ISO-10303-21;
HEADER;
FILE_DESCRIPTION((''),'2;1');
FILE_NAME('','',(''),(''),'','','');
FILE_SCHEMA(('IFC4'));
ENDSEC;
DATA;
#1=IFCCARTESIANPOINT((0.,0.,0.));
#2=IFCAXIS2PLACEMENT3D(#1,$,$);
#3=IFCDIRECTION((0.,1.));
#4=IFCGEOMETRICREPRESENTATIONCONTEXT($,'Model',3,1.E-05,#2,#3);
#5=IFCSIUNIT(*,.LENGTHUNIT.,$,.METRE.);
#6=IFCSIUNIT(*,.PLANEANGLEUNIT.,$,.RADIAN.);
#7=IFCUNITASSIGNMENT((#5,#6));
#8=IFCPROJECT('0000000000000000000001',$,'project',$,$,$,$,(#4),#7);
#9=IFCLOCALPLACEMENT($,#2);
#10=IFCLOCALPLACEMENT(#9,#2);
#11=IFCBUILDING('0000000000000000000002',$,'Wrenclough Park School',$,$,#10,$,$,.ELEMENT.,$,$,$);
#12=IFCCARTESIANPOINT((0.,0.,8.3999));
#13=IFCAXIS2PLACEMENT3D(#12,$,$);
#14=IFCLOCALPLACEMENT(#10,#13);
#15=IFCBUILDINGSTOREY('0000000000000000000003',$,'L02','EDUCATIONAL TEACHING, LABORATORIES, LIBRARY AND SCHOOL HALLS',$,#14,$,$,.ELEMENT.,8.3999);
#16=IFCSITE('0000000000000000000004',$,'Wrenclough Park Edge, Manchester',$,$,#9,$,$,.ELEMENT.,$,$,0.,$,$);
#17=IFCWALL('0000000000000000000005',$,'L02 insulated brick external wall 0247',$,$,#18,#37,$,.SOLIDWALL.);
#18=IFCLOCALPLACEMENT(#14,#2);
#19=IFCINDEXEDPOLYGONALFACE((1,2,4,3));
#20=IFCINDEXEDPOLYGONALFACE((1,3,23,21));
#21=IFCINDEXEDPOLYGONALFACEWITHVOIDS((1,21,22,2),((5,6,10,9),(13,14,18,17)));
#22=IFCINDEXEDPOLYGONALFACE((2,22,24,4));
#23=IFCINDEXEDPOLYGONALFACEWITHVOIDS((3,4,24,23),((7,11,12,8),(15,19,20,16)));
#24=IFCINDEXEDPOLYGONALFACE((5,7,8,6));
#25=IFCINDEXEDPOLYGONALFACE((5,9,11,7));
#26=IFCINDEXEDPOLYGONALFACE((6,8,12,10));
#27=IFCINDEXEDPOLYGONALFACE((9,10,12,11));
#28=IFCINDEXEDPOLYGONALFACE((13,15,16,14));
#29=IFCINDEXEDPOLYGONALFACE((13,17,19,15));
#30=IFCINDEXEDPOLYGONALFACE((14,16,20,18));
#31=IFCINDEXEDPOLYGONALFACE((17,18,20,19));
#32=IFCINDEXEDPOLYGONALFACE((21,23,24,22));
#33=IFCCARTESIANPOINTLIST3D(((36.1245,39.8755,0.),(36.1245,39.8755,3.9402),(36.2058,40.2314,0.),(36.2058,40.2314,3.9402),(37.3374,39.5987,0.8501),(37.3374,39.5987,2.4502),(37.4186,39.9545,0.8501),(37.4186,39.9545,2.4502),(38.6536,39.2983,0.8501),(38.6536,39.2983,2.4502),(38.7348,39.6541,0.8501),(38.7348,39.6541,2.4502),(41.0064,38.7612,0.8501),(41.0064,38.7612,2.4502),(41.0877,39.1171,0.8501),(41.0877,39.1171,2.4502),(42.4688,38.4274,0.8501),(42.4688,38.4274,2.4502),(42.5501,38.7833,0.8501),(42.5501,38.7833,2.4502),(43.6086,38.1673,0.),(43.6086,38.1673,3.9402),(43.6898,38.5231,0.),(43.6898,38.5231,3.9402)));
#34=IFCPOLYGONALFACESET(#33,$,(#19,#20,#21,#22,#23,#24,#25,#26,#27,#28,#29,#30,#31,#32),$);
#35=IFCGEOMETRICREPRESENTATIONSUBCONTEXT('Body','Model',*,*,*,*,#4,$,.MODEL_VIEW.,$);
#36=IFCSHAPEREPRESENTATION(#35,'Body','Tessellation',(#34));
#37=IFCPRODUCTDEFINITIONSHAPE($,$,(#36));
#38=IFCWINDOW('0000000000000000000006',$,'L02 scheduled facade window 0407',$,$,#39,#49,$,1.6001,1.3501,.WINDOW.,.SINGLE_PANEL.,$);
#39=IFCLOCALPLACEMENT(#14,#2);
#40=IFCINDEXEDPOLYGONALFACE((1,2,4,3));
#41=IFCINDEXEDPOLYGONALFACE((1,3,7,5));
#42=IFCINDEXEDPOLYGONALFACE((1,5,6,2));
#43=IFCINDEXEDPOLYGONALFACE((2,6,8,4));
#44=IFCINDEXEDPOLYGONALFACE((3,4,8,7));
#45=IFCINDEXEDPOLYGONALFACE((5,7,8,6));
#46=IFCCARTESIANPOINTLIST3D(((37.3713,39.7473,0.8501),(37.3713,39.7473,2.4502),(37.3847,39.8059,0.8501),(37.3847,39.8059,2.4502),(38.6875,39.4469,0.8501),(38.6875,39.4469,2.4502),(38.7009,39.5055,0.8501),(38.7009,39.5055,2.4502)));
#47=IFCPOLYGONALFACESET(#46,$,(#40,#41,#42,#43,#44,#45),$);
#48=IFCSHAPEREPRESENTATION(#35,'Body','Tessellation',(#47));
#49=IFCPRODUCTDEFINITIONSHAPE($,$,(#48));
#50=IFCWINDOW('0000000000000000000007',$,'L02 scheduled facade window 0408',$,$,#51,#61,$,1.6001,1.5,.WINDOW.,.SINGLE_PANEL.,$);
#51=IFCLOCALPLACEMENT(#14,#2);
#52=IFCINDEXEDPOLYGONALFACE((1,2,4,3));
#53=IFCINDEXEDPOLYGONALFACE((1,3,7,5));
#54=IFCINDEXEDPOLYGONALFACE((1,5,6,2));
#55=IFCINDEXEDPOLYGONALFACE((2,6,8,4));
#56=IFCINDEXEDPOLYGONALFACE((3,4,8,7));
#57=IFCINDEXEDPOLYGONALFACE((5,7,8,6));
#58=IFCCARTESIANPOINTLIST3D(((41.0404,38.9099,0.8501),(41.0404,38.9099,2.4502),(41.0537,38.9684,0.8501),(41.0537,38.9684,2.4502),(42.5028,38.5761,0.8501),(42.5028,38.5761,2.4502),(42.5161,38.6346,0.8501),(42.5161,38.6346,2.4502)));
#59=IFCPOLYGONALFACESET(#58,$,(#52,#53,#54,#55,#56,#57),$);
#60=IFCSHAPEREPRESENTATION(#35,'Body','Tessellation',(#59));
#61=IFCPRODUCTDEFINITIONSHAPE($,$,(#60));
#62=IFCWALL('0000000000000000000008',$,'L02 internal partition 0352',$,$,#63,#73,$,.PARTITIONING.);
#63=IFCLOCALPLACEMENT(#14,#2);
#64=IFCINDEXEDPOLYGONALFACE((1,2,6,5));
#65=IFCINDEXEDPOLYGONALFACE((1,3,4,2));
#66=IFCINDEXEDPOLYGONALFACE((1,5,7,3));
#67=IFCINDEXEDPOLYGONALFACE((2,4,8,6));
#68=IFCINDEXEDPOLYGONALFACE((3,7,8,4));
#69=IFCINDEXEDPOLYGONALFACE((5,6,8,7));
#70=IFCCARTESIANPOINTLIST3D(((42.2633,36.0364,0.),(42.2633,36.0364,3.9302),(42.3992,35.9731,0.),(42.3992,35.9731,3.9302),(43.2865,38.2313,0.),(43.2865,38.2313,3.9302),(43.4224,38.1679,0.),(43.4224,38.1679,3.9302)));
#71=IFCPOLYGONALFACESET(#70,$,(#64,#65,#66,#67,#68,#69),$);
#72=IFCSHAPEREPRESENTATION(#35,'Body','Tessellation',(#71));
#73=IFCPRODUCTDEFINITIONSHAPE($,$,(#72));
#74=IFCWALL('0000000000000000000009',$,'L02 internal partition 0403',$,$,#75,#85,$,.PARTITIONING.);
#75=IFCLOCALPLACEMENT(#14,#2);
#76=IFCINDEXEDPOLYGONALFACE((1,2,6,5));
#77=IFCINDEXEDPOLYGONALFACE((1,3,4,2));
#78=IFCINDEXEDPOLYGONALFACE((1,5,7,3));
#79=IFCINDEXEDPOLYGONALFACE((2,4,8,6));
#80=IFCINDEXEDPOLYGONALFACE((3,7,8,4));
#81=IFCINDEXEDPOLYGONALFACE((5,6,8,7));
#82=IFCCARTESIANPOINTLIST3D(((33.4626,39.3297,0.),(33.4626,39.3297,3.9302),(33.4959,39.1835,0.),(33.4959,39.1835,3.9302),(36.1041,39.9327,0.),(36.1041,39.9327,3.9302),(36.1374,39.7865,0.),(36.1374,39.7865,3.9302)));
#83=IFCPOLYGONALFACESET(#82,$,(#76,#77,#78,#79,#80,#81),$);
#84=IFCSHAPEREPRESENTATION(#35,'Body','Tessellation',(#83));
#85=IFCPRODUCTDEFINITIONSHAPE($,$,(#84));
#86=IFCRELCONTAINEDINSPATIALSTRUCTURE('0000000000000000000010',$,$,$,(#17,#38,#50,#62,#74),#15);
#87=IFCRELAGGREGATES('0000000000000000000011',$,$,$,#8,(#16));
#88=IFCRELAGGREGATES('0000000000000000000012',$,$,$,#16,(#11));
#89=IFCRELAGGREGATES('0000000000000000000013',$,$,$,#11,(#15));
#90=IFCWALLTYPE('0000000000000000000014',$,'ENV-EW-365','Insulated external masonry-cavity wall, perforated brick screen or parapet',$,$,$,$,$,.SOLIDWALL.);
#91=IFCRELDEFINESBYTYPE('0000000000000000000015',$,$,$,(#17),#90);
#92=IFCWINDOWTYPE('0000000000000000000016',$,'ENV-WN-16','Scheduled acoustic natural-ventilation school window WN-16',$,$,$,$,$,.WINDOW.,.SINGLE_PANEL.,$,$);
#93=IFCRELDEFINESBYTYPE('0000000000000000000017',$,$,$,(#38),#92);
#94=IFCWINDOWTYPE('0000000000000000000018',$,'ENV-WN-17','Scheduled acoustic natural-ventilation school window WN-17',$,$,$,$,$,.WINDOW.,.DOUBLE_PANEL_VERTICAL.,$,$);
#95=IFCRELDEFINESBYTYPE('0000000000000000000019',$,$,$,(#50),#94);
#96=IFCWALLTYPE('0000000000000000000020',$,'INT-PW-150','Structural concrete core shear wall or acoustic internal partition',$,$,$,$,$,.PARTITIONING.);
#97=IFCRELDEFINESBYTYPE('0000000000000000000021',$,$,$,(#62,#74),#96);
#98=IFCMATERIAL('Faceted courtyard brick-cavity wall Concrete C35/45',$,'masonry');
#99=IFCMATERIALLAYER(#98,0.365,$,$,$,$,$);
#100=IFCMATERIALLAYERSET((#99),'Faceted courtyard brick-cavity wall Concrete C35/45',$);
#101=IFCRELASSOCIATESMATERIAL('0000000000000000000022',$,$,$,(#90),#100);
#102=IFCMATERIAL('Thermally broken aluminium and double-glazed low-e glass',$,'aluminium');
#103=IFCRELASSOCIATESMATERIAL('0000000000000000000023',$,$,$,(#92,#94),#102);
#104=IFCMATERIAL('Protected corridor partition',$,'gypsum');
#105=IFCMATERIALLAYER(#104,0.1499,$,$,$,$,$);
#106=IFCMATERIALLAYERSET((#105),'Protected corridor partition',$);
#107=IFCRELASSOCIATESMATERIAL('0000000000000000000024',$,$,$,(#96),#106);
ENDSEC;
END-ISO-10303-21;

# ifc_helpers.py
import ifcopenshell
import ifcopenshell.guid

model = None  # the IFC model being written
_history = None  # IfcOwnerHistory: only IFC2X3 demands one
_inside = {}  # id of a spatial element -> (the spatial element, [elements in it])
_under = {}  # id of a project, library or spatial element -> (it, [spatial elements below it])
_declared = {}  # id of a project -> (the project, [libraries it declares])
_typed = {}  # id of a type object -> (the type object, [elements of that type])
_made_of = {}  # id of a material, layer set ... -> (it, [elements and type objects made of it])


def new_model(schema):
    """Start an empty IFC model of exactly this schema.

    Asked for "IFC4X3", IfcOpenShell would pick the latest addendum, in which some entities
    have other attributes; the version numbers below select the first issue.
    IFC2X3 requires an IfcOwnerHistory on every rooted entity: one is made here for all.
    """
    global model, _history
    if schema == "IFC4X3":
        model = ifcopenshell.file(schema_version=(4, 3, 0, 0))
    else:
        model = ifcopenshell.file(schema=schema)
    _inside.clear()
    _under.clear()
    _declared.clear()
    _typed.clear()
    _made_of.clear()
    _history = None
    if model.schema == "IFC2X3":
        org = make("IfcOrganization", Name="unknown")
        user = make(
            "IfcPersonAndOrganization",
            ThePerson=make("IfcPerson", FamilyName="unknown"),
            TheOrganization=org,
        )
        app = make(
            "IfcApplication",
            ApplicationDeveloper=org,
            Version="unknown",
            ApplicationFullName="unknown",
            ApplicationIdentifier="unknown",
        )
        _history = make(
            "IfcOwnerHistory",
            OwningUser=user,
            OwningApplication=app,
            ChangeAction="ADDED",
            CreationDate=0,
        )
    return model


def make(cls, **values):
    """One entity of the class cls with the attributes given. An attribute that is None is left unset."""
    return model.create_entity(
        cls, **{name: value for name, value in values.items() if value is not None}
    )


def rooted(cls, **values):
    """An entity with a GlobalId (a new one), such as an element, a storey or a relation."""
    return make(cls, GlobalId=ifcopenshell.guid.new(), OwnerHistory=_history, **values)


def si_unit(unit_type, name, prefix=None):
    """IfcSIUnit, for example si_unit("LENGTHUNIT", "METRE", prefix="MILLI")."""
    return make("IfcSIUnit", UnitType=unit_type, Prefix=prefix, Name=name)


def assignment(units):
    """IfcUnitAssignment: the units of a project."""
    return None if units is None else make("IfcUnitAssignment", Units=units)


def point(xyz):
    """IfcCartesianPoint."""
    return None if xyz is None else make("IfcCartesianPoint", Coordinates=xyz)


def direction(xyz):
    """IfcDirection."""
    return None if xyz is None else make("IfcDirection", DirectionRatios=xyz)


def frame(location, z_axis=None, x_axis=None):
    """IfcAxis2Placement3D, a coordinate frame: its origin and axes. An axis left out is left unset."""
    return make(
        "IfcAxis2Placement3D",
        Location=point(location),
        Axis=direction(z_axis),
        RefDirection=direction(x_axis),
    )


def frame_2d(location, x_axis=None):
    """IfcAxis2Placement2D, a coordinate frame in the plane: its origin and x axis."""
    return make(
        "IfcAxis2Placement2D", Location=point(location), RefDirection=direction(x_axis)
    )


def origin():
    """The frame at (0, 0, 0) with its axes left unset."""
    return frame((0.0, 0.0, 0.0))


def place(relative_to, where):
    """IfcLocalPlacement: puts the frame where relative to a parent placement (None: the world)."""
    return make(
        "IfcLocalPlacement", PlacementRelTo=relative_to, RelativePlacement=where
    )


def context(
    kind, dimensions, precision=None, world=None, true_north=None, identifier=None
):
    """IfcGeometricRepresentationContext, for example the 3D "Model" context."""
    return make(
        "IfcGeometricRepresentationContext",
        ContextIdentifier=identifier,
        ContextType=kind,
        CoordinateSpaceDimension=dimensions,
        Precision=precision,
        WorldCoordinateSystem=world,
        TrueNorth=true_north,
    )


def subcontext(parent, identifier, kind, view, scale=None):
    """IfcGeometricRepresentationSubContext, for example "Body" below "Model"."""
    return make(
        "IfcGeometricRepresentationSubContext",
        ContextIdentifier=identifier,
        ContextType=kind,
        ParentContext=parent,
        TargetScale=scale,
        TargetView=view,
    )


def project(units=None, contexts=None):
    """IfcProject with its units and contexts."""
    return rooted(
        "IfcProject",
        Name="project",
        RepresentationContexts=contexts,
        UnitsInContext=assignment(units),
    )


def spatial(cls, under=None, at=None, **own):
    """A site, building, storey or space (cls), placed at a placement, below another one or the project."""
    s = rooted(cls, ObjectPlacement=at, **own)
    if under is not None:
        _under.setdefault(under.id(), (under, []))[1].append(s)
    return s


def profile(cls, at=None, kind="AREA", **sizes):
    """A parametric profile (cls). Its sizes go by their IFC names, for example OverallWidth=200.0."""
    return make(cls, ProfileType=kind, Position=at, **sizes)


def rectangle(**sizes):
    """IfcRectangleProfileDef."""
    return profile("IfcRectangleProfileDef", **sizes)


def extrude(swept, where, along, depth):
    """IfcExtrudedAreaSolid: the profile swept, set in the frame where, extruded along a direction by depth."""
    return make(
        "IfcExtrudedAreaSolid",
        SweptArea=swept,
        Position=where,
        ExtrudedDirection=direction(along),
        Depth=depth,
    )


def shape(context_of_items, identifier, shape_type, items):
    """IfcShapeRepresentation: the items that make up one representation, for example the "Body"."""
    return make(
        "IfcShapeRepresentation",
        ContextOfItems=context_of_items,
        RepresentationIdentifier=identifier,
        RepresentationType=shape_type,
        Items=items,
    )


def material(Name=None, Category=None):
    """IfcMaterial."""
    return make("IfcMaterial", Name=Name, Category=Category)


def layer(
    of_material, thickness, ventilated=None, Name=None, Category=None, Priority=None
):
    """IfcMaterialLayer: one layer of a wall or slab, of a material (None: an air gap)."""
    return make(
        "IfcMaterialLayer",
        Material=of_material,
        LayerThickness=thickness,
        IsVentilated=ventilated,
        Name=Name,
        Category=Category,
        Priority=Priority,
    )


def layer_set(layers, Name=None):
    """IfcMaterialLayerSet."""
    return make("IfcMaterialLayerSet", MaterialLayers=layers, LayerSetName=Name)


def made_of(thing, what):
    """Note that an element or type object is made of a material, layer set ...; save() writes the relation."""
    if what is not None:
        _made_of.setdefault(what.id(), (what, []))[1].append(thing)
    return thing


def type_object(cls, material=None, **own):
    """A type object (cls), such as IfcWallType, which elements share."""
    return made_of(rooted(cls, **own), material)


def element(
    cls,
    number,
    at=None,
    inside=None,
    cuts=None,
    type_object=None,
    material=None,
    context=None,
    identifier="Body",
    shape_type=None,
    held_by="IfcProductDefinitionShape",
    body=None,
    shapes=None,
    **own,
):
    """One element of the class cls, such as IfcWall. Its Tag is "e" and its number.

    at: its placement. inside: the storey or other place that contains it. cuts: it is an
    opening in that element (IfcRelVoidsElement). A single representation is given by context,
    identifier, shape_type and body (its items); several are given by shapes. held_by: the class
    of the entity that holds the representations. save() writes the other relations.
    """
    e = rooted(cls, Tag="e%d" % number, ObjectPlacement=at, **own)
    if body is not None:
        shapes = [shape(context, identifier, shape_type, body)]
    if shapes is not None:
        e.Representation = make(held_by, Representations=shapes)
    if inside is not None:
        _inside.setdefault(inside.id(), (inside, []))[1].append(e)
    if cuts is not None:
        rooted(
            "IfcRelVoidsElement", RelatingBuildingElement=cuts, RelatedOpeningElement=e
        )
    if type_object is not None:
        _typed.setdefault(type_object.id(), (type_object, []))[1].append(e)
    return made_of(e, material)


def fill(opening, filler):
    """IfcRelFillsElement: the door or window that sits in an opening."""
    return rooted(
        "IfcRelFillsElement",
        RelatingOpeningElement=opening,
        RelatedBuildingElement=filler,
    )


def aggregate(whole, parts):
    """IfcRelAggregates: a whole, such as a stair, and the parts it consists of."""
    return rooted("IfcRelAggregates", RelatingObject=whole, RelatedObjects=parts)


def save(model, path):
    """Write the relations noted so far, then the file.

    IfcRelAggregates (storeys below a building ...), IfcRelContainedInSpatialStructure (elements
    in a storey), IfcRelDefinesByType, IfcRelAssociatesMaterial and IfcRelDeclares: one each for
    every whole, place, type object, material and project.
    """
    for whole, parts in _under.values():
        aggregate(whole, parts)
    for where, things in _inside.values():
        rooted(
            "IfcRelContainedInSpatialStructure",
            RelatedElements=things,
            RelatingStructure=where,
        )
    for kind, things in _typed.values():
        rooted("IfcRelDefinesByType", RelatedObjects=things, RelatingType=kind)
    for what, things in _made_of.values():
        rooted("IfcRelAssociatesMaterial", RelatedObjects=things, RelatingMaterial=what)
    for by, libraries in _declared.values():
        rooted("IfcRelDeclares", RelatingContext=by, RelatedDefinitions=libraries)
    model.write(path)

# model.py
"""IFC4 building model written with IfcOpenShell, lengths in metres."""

from ifc_helpers import new_model, si_unit, direction, frame, frame_2d, origin, place, context, subcontext, project, spatial, rectangle, extrude, material, layer, layer_set, type_object, element, fill, save


model = new_model("IFC4")

# Units and contexts
model_context = context("Model", 3, precision=1e-05, world=origin(), true_north=direction((0.0, 1.0)))
body_context = subcontext(model_context, "Body", "Model", "MODEL_VIEW")
ifc_project = project(units=[si_unit("LENGTHUNIT", "METRE"), si_unit("PLANEANGLEUNIT", "RADIAN")], contexts=[model_context])

# Site, building, storey
site_placement = place(None, origin())
site = spatial("IfcSite", under=ifc_project, at=site_placement, Name="Wrenclough Park Edge, Manchester", CompositionType="ELEMENT", RefElevation=0.0)
building_placement = place(site_placement, origin())
building = spatial("IfcBuilding", under=site, at=building_placement, Name="Wrenclough Park School", CompositionType="ELEMENT")
storey_placement = place(building_placement, frame((0.0, 0.0, 8.3999)))
storey = spatial("IfcBuildingStorey", under=building, at=storey_placement, Name="L02", Description="EDUCATIONAL TEACHING, LABORATORIES, LIBRARY AND SCHOOL HALLS", CompositionType="ELEMENT", Elevation=8.3999)

# Wall, openings, windows
ifc_material_1 = material(Name="Thermally broken aluminium and double-glazed low-e glass", Category="aluminium")
ifc_material_2 = material(Name="Faceted courtyard brick-cavity wall Concrete C35/45", Category="masonry")
ifc_layer_1 = layer(ifc_material_2, 0.365)
ifc_layer_set_1 = layer_set([ifc_layer_1], Name="Faceted courtyard brick-cavity wall Concrete C35/45")
wall_type_1 = type_object("IfcWallType", Name="ENV-EW-365", Description="Insulated external masonry-cavity wall, perforated brick screen or parapet", PredefinedType="SOLIDWALL", material=ifc_layer_set_1)
wall_1_placement = place(storey_placement, frame((36.165, 40.0535, 0.0), z_axis=(0.0, 0.0, 1.0), x_axis=(0.974927, -0.222527, 0.0)))
wall_1 = element("IfcWall", 1, at=wall_1_placement, inside=storey, type_object=wall_type_1, Name="L02 insulated brick external wall 0247", PredefinedType="SOLIDWALL", context=body_context, shape_type="SweptSolid", body=[
    extrude(rectangle(XDim=7.6765, YDim=0.365, at=frame_2d((3.8384, 0.0))), origin(), (0.0, 0.0, 1.0), 3.9402),
])
opening_1_placement = place(wall_1_placement, frame((1.2441, 0.0, 0.8501)))
opening_1 = element("IfcOpeningElement", 2, at=opening_1_placement, cuts=wall_1, PredefinedType="OPENING", context=body_context, shape_type="SweptSolid", body=[
    extrude(rectangle(XDim=1.3501, YDim=1.6001, at=frame_2d((0.675, 0.8))), frame((0.0, 0.1924, 0.0), z_axis=(0.0, -1.0, 0.0), x_axis=(1.0, 0.0, 0.0)), (0.0, 0.0, 1.0), 0.385),
])
opening_2_placement = place(wall_1_placement, frame((5.0076, 0.0, 0.8501)))
opening_2 = element("IfcOpeningElement", 3, at=opening_2_placement, cuts=wall_1, PredefinedType="OPENING", context=body_context, shape_type="SweptSolid", body=[
    extrude(rectangle(XDim=1.5, YDim=1.6001, at=frame_2d((0.75, 0.8))), frame((0.0, 0.1924, 0.0), z_axis=(0.0, -1.0, 0.0), x_axis=(1.0, 0.0, 0.0)), (0.0, 0.0, 1.0), 0.385),
])
window_type_1 = type_object("IfcWindowType", Name="ENV-WN-16", Description="Scheduled acoustic natural-ventilation school window WN-16", PartitioningType="SINGLE_PANEL", PredefinedType="WINDOW", material=ifc_material_1)
window_1_placement = place(opening_1_placement, origin())
window_1 = element("IfcWindow", 4, at=window_1_placement, inside=storey, type_object=window_type_1, Name="L02 scheduled facade window 0407", OverallHeight=1.6001, OverallWidth=1.3501, PartitioningType="SINGLE_PANEL", PredefinedType="WINDOW", context=body_context, shape_type="SweptSolid", body=[
    extrude(rectangle(XDim=1.3501, YDim=1.6001, at=frame_2d((0.675, 0.8))), frame((0.0, 0.03, 0.0), z_axis=(0.0, -1.0, 0.0), x_axis=(1.0, 0.0, 0.0)), (0.0, 0.0, 1.0), 0.0601),
])
fill(opening_1, window_1)
window_type_2 = type_object("IfcWindowType", Name="ENV-WN-17", Description="Scheduled acoustic natural-ventilation school window WN-17", PartitioningType="DOUBLE_PANEL_VERTICAL", PredefinedType="WINDOW", material=ifc_material_1)
window_2_placement = place(opening_2_placement, origin())
window_2 = element("IfcWindow", 5, at=window_2_placement, inside=storey, type_object=window_type_2, Name="L02 scheduled facade window 0408", OverallHeight=1.6001, OverallWidth=1.5, PartitioningType="SINGLE_PANEL", PredefinedType="WINDOW", context=body_context, shape_type="SweptSolid", body=[
    extrude(rectangle(XDim=1.5, YDim=1.6001, at=frame_2d((0.75, 0.8))), frame((0.0, 0.03, 0.0), z_axis=(0.0, -1.0, 0.0), x_axis=(1.0, 0.0, 0.0)), (0.0, 0.0, 1.0), 0.0601),
])
fill(opening_2, window_2)

# Walls
ifc_material_3 = material(Name="Protected corridor partition", Category="gypsum")
ifc_layer_2 = layer(ifc_material_3, 0.1499)
ifc_layer_set_2 = layer_set([ifc_layer_2], Name="Protected corridor partition")
wall_type_2 = type_object("IfcWallType", Name="INT-PW-150", Description="Structural concrete core shear wall or acoustic internal partition", PredefinedType="PARTITIONING", material=ifc_layer_set_2)
wall_2_placement = place(storey_placement, frame((43.3545, 38.1997, 0.0), z_axis=(0.0, 0.0, 1.0), x_axis=(-0.422527, -0.90635, 0.0)))
element("IfcWall", 6, at=wall_2_placement, inside=storey, type_object=wall_type_2, Name="L02 internal partition 0352", PredefinedType="PARTITIONING", context=body_context, shape_type="SweptSolid", body=[
    extrude(rectangle(XDim=2.4216, YDim=0.1499, at=frame_2d((1.2109, 0.0))), origin(), (0.0, 0.0, 1.0), 3.9302),
])
wall_3_placement = place(storey_placement, frame((33.4792, 39.2566, 0.0), z_axis=(0.0, 0.0, 1.0), x_axis=(0.97492, 0.222556, 0.0)))
element("IfcWall", 7, at=wall_3_placement, inside=storey, type_object=wall_type_2, Name="L02 internal partition 0403", PredefinedType="PARTITIONING", context=body_context, shape_type="SweptSolid", body=[
    extrude(rectangle(XDim=2.7095, YDim=0.1499, at=frame_2d((1.3547, 0.0))), origin(), (0.0, 0.0, 1.0), 3.9302),
])

save(model, "model.ifc")
